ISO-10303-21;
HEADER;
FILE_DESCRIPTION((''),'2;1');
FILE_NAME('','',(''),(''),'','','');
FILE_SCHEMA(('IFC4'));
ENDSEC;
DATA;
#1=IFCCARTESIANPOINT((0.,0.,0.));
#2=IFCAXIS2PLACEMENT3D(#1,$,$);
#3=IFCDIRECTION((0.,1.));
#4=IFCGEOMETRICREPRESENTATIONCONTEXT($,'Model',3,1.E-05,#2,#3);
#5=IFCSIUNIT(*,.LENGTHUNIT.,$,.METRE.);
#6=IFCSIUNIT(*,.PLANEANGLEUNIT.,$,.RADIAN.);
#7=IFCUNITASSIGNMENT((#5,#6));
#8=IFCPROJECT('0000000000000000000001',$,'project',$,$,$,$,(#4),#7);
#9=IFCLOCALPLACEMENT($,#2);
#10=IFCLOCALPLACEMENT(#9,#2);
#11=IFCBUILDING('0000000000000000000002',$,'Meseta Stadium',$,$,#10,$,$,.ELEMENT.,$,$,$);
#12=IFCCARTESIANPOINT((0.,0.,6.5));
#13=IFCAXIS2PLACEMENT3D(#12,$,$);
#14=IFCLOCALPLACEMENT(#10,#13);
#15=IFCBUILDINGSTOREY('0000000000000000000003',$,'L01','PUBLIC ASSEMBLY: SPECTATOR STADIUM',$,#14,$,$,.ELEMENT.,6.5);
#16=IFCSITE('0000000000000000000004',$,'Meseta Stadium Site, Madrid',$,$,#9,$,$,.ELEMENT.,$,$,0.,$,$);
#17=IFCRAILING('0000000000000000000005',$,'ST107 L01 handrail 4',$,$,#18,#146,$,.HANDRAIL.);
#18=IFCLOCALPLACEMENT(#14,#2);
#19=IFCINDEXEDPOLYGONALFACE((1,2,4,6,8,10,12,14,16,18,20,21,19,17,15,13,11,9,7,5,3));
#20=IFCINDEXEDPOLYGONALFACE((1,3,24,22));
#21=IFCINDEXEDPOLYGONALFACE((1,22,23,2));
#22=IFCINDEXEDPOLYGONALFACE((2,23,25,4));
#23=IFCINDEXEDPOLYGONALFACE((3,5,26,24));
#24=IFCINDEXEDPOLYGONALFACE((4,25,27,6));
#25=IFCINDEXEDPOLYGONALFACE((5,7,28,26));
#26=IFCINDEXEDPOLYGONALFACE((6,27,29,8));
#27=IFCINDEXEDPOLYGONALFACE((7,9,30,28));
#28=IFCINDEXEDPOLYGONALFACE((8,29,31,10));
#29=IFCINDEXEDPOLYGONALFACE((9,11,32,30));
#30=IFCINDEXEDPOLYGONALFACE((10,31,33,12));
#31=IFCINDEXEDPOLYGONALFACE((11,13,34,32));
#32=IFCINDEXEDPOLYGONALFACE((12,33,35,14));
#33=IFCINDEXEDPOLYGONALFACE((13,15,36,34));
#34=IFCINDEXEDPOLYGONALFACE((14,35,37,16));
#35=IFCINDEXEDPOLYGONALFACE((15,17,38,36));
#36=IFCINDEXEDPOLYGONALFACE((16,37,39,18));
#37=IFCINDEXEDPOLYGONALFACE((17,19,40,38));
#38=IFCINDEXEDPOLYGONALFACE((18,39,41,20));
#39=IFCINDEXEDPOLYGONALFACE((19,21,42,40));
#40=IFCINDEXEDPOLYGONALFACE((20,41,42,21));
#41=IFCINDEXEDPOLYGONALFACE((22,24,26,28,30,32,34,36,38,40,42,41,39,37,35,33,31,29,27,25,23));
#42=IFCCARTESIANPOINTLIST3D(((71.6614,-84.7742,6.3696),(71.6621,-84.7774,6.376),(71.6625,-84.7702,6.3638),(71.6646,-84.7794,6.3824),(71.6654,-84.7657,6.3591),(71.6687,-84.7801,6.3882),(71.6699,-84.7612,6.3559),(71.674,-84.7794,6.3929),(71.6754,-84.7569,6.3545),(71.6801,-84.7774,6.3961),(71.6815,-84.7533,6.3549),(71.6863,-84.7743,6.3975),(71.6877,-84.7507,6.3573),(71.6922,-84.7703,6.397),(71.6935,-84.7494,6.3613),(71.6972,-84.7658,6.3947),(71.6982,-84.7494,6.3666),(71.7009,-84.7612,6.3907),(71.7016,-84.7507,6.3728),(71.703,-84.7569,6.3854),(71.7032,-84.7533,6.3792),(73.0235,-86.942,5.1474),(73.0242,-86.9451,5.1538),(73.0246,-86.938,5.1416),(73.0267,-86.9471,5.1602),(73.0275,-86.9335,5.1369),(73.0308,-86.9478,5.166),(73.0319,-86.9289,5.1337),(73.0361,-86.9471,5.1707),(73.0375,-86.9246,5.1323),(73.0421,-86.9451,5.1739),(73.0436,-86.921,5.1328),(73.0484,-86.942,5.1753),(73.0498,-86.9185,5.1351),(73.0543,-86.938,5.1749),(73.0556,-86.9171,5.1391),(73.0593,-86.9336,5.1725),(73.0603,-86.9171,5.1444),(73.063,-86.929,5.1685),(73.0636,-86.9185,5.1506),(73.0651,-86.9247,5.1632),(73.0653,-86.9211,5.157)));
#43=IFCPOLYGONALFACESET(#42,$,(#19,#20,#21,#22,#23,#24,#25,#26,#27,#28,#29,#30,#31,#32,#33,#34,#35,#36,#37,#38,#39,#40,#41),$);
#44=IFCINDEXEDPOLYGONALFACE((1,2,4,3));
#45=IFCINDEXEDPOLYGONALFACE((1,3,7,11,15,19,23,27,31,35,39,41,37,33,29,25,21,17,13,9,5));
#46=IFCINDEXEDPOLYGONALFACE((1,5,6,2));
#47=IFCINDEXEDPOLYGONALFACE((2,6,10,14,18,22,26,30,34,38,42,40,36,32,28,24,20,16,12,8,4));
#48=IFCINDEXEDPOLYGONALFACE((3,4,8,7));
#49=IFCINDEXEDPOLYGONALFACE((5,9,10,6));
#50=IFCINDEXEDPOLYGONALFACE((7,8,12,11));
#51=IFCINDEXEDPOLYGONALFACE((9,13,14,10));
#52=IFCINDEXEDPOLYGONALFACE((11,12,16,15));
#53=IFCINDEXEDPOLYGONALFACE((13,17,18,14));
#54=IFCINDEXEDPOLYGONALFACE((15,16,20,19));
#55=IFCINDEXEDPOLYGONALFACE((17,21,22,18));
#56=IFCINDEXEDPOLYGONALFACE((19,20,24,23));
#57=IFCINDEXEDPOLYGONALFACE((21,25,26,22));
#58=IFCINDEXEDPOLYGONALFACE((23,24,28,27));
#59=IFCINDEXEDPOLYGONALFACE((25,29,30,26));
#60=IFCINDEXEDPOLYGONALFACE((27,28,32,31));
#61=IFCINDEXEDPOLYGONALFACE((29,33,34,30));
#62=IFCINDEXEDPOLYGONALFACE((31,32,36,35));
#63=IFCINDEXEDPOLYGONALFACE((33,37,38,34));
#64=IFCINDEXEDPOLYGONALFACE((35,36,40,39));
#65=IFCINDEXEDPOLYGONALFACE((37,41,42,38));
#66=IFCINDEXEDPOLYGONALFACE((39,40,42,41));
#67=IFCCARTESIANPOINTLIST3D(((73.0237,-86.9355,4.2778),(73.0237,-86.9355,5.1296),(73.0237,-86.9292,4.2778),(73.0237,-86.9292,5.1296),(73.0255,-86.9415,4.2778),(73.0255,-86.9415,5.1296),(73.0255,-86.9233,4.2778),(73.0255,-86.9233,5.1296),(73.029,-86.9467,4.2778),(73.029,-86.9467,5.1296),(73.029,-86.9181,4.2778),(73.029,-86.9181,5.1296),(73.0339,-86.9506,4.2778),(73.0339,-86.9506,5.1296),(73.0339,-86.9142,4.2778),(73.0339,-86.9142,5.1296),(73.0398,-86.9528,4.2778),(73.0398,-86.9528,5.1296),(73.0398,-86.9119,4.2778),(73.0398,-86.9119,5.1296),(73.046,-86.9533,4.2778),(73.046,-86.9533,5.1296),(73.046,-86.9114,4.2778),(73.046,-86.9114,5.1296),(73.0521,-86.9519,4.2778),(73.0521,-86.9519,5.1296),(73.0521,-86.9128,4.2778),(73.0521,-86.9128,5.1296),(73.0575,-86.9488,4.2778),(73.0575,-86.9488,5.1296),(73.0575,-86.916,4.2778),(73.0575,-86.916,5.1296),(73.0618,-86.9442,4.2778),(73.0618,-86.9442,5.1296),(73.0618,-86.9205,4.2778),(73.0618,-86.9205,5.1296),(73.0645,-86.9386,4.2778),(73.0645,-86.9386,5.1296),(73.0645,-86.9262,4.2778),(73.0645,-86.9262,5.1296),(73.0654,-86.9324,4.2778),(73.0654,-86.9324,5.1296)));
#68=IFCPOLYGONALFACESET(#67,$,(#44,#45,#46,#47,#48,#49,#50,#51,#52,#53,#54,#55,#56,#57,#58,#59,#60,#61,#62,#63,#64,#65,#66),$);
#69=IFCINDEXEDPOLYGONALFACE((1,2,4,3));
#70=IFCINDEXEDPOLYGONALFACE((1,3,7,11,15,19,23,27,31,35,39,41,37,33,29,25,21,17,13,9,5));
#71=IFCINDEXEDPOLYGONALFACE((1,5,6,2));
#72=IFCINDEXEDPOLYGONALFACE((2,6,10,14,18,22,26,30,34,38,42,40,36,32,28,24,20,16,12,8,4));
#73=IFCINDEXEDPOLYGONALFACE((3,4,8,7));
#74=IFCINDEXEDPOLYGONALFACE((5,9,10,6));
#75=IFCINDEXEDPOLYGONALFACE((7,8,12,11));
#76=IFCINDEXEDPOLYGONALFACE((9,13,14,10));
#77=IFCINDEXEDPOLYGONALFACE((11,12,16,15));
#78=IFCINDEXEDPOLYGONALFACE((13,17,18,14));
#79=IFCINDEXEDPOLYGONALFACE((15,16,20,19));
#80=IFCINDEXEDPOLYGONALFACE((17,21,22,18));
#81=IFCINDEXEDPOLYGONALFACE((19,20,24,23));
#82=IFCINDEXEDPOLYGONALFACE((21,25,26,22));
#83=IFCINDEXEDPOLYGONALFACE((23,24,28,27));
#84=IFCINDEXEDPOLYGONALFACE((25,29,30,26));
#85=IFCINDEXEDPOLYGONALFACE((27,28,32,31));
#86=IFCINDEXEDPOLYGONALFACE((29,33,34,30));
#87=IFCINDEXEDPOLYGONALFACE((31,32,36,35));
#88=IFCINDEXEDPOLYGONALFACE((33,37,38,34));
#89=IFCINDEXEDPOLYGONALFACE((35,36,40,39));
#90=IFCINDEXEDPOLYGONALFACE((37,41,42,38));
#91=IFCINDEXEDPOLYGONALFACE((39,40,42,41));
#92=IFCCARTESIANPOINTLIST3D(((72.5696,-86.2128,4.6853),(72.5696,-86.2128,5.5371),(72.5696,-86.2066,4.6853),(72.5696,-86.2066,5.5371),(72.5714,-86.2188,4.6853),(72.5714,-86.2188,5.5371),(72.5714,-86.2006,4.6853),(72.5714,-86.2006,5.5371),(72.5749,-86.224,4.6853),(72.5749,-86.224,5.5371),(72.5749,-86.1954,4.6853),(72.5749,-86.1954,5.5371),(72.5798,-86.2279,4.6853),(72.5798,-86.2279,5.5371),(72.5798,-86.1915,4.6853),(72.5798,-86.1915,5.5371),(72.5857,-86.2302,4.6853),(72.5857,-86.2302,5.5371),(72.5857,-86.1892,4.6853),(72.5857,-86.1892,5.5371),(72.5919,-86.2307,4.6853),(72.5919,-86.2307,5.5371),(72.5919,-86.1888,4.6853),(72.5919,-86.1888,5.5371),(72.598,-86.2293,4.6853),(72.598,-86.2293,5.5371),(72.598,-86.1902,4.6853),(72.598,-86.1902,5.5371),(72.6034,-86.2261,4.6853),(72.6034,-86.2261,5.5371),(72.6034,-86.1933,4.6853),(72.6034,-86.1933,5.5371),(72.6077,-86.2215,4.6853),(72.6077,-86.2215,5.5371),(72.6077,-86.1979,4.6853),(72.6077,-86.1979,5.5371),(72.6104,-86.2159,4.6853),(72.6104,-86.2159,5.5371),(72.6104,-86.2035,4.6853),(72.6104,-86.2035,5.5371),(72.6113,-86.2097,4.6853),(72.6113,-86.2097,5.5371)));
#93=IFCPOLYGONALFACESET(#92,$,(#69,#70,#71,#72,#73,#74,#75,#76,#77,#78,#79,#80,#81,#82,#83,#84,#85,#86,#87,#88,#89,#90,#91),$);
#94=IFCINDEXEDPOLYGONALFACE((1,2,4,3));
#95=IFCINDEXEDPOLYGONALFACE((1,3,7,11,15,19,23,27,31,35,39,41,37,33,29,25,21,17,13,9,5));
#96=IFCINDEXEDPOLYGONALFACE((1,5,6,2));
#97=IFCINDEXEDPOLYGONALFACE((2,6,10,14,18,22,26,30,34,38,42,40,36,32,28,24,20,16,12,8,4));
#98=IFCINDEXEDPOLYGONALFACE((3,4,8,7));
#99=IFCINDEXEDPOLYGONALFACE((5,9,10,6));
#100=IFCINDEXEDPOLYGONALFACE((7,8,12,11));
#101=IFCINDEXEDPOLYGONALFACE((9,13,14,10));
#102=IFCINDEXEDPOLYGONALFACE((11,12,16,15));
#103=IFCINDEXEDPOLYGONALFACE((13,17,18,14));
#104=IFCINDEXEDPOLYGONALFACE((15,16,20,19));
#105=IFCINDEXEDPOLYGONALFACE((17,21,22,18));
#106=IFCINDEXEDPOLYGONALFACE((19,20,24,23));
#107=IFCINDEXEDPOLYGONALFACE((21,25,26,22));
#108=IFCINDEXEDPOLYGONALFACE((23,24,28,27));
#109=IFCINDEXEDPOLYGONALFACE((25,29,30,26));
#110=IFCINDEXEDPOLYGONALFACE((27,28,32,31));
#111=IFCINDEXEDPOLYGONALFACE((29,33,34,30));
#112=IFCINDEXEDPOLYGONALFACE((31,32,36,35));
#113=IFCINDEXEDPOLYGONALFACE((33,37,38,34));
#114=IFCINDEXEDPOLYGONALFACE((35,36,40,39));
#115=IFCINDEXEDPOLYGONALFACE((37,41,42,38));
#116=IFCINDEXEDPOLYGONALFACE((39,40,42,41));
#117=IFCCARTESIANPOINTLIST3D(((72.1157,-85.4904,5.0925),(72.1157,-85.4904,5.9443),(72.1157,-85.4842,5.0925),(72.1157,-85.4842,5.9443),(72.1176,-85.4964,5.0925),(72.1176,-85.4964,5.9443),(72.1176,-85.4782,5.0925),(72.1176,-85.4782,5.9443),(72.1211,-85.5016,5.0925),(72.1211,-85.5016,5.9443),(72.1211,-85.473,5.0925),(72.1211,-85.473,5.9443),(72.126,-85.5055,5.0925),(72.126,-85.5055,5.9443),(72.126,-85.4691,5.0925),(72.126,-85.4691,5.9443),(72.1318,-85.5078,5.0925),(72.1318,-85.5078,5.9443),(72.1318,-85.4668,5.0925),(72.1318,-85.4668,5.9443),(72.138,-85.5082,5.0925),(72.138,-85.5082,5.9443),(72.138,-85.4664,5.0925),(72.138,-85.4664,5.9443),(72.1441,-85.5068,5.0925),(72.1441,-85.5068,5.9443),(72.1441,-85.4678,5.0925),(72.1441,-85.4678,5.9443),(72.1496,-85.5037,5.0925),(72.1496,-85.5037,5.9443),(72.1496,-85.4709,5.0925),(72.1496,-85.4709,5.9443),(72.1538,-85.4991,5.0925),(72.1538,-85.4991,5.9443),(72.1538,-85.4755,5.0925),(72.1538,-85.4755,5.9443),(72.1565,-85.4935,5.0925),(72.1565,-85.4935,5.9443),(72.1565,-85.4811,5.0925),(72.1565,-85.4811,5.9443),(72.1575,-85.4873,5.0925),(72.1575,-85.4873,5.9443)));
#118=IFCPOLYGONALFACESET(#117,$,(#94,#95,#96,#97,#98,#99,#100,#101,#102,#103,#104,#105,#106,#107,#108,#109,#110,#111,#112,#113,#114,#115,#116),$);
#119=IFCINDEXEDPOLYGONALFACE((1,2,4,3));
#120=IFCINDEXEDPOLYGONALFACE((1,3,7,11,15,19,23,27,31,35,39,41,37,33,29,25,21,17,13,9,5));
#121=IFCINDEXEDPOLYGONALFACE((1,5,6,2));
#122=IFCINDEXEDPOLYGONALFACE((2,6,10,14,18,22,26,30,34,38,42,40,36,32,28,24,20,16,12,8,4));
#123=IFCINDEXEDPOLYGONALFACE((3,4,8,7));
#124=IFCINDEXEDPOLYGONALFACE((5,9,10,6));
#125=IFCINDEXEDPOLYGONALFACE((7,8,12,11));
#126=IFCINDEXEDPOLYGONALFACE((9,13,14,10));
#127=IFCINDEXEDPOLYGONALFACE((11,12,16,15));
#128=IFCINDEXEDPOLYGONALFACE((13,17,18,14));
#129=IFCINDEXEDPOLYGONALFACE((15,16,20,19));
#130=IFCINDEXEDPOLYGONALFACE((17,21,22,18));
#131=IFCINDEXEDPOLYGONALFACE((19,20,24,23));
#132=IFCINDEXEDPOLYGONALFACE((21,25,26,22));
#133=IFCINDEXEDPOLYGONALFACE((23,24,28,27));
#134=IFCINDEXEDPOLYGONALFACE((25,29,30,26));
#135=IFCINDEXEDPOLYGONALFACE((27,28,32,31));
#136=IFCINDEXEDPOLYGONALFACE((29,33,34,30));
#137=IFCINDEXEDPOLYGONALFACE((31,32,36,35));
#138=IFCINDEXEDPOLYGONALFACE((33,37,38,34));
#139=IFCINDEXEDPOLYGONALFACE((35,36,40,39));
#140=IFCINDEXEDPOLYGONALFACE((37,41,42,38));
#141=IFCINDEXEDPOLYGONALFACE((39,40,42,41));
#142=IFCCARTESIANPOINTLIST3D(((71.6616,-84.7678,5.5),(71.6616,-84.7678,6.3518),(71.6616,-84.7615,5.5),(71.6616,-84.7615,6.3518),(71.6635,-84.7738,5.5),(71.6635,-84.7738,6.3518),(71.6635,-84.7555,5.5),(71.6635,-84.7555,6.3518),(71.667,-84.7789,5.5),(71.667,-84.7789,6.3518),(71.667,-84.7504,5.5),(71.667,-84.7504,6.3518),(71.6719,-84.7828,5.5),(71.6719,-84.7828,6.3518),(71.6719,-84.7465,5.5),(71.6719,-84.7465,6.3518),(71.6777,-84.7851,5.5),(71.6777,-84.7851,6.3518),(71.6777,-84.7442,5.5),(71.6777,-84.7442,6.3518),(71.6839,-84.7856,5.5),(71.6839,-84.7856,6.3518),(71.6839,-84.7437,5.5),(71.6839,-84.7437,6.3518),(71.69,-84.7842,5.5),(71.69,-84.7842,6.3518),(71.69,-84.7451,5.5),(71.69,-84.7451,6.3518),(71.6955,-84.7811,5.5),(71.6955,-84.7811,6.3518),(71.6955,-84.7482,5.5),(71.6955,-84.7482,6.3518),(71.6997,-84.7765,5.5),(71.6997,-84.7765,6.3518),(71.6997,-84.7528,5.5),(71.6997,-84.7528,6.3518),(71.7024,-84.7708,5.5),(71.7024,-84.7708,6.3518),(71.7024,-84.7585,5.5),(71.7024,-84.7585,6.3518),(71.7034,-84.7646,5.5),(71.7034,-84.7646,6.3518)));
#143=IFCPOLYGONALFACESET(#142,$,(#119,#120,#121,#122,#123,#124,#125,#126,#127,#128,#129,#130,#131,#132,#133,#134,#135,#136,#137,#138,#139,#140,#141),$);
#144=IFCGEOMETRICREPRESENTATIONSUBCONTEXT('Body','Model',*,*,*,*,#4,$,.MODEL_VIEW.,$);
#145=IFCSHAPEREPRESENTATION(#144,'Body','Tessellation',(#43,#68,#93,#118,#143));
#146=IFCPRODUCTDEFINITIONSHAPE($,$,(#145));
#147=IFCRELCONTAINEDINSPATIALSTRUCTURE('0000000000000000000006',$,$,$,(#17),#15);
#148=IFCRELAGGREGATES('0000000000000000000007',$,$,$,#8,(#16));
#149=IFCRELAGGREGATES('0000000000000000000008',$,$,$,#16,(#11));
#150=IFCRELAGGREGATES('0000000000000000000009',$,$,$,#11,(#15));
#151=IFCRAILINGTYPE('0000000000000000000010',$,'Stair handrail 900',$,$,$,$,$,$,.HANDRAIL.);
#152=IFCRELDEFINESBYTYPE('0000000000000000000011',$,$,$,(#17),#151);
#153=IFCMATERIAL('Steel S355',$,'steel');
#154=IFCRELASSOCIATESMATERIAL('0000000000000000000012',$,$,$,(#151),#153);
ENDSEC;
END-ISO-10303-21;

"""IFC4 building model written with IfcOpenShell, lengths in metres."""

from ifc_helpers import new_model, si_unit, direction, frame, origin, origin_2d, place, context, subcontext, project, spatial, circle, extrude, material, type_object, element, save


model = new_model("IFC4")

# Units and contexts
model_context = context("Model", 3, precision=1e-05, world=origin(), true_north=direction((0.0, 1.0)))
body_context = subcontext(model_context, "Body", "Model", "MODEL_VIEW")
ifc_project = project(units=[si_unit("LENGTHUNIT", "METRE"), si_unit("PLANEANGLEUNIT", "RADIAN")], contexts=[model_context])

# Site, building, storey
site_placement = place(None, origin())
site = spatial("IfcSite", under=ifc_project, at=site_placement, Name="Meseta Stadium Site, Madrid", CompositionType="ELEMENT", RefElevation=0.0)
building_placement = place(site_placement, origin())
building = spatial("IfcBuilding", under=site, at=building_placement, Name="Meseta Stadium", CompositionType="ELEMENT")
storey_placement = place(building_placement, frame((0.0, 0.0, 6.5)))
storey = spatial("IfcBuildingStorey", under=building, at=storey_placement, Name="L01", Description="PUBLIC ASSEMBLY: SPECTATOR STADIUM", CompositionType="ELEMENT", Elevation=6.5)

# Railing
ifc_material_1 = material(Name="Steel S355", Category="steel")
railing_type_1 = type_object("IfcRailingType", Name="Stair handrail 900", PredefinedType="HANDRAIL", material=ifc_material_1)
for number, where, name in (
    (1, (73.0444, -86.9324, 4.2778), "ST107 L01 handrail 4"),
):
    element("IfcRailing", number, at=place(storey_placement, frame(where)), inside=storey, type_object=railing_type_1, Name=name, PredefinedType="HANDRAIL", context=body_context, shape_type="SweptSolid", body=[
        extrude(circle(Radius=0.0239, at=origin_2d()), frame((0.0, 0.0, 0.876), z_axis=(-0.480125, 0.764121, 0.430813), x_axis=(-0.846726, -0.532029, 0.0)), (0.0, 0.0, 1.0), 2.8369),
        extrude(circle(Radius=0.021, at=origin_2d()), origin(), (0.0, 0.0, 1.0), 0.8518),
        extrude(circle(Radius=0.021, at=origin_2d()), frame((-0.4541, 0.7227, 0.4075)), (0.0, 0.0, 1.0), 0.8518),
        extrude(circle(Radius=0.021, at=origin_2d()), frame((-0.908, 1.4451, 0.8147)), (0.0, 0.0, 1.0), 0.8518),
        extrude(circle(Radius=0.021, at=origin_2d()), frame((-1.3621, 2.1677, 1.2222)), (0.0, 0.0, 1.0), 0.8518),
    ])

save(model, "model.ifc")
